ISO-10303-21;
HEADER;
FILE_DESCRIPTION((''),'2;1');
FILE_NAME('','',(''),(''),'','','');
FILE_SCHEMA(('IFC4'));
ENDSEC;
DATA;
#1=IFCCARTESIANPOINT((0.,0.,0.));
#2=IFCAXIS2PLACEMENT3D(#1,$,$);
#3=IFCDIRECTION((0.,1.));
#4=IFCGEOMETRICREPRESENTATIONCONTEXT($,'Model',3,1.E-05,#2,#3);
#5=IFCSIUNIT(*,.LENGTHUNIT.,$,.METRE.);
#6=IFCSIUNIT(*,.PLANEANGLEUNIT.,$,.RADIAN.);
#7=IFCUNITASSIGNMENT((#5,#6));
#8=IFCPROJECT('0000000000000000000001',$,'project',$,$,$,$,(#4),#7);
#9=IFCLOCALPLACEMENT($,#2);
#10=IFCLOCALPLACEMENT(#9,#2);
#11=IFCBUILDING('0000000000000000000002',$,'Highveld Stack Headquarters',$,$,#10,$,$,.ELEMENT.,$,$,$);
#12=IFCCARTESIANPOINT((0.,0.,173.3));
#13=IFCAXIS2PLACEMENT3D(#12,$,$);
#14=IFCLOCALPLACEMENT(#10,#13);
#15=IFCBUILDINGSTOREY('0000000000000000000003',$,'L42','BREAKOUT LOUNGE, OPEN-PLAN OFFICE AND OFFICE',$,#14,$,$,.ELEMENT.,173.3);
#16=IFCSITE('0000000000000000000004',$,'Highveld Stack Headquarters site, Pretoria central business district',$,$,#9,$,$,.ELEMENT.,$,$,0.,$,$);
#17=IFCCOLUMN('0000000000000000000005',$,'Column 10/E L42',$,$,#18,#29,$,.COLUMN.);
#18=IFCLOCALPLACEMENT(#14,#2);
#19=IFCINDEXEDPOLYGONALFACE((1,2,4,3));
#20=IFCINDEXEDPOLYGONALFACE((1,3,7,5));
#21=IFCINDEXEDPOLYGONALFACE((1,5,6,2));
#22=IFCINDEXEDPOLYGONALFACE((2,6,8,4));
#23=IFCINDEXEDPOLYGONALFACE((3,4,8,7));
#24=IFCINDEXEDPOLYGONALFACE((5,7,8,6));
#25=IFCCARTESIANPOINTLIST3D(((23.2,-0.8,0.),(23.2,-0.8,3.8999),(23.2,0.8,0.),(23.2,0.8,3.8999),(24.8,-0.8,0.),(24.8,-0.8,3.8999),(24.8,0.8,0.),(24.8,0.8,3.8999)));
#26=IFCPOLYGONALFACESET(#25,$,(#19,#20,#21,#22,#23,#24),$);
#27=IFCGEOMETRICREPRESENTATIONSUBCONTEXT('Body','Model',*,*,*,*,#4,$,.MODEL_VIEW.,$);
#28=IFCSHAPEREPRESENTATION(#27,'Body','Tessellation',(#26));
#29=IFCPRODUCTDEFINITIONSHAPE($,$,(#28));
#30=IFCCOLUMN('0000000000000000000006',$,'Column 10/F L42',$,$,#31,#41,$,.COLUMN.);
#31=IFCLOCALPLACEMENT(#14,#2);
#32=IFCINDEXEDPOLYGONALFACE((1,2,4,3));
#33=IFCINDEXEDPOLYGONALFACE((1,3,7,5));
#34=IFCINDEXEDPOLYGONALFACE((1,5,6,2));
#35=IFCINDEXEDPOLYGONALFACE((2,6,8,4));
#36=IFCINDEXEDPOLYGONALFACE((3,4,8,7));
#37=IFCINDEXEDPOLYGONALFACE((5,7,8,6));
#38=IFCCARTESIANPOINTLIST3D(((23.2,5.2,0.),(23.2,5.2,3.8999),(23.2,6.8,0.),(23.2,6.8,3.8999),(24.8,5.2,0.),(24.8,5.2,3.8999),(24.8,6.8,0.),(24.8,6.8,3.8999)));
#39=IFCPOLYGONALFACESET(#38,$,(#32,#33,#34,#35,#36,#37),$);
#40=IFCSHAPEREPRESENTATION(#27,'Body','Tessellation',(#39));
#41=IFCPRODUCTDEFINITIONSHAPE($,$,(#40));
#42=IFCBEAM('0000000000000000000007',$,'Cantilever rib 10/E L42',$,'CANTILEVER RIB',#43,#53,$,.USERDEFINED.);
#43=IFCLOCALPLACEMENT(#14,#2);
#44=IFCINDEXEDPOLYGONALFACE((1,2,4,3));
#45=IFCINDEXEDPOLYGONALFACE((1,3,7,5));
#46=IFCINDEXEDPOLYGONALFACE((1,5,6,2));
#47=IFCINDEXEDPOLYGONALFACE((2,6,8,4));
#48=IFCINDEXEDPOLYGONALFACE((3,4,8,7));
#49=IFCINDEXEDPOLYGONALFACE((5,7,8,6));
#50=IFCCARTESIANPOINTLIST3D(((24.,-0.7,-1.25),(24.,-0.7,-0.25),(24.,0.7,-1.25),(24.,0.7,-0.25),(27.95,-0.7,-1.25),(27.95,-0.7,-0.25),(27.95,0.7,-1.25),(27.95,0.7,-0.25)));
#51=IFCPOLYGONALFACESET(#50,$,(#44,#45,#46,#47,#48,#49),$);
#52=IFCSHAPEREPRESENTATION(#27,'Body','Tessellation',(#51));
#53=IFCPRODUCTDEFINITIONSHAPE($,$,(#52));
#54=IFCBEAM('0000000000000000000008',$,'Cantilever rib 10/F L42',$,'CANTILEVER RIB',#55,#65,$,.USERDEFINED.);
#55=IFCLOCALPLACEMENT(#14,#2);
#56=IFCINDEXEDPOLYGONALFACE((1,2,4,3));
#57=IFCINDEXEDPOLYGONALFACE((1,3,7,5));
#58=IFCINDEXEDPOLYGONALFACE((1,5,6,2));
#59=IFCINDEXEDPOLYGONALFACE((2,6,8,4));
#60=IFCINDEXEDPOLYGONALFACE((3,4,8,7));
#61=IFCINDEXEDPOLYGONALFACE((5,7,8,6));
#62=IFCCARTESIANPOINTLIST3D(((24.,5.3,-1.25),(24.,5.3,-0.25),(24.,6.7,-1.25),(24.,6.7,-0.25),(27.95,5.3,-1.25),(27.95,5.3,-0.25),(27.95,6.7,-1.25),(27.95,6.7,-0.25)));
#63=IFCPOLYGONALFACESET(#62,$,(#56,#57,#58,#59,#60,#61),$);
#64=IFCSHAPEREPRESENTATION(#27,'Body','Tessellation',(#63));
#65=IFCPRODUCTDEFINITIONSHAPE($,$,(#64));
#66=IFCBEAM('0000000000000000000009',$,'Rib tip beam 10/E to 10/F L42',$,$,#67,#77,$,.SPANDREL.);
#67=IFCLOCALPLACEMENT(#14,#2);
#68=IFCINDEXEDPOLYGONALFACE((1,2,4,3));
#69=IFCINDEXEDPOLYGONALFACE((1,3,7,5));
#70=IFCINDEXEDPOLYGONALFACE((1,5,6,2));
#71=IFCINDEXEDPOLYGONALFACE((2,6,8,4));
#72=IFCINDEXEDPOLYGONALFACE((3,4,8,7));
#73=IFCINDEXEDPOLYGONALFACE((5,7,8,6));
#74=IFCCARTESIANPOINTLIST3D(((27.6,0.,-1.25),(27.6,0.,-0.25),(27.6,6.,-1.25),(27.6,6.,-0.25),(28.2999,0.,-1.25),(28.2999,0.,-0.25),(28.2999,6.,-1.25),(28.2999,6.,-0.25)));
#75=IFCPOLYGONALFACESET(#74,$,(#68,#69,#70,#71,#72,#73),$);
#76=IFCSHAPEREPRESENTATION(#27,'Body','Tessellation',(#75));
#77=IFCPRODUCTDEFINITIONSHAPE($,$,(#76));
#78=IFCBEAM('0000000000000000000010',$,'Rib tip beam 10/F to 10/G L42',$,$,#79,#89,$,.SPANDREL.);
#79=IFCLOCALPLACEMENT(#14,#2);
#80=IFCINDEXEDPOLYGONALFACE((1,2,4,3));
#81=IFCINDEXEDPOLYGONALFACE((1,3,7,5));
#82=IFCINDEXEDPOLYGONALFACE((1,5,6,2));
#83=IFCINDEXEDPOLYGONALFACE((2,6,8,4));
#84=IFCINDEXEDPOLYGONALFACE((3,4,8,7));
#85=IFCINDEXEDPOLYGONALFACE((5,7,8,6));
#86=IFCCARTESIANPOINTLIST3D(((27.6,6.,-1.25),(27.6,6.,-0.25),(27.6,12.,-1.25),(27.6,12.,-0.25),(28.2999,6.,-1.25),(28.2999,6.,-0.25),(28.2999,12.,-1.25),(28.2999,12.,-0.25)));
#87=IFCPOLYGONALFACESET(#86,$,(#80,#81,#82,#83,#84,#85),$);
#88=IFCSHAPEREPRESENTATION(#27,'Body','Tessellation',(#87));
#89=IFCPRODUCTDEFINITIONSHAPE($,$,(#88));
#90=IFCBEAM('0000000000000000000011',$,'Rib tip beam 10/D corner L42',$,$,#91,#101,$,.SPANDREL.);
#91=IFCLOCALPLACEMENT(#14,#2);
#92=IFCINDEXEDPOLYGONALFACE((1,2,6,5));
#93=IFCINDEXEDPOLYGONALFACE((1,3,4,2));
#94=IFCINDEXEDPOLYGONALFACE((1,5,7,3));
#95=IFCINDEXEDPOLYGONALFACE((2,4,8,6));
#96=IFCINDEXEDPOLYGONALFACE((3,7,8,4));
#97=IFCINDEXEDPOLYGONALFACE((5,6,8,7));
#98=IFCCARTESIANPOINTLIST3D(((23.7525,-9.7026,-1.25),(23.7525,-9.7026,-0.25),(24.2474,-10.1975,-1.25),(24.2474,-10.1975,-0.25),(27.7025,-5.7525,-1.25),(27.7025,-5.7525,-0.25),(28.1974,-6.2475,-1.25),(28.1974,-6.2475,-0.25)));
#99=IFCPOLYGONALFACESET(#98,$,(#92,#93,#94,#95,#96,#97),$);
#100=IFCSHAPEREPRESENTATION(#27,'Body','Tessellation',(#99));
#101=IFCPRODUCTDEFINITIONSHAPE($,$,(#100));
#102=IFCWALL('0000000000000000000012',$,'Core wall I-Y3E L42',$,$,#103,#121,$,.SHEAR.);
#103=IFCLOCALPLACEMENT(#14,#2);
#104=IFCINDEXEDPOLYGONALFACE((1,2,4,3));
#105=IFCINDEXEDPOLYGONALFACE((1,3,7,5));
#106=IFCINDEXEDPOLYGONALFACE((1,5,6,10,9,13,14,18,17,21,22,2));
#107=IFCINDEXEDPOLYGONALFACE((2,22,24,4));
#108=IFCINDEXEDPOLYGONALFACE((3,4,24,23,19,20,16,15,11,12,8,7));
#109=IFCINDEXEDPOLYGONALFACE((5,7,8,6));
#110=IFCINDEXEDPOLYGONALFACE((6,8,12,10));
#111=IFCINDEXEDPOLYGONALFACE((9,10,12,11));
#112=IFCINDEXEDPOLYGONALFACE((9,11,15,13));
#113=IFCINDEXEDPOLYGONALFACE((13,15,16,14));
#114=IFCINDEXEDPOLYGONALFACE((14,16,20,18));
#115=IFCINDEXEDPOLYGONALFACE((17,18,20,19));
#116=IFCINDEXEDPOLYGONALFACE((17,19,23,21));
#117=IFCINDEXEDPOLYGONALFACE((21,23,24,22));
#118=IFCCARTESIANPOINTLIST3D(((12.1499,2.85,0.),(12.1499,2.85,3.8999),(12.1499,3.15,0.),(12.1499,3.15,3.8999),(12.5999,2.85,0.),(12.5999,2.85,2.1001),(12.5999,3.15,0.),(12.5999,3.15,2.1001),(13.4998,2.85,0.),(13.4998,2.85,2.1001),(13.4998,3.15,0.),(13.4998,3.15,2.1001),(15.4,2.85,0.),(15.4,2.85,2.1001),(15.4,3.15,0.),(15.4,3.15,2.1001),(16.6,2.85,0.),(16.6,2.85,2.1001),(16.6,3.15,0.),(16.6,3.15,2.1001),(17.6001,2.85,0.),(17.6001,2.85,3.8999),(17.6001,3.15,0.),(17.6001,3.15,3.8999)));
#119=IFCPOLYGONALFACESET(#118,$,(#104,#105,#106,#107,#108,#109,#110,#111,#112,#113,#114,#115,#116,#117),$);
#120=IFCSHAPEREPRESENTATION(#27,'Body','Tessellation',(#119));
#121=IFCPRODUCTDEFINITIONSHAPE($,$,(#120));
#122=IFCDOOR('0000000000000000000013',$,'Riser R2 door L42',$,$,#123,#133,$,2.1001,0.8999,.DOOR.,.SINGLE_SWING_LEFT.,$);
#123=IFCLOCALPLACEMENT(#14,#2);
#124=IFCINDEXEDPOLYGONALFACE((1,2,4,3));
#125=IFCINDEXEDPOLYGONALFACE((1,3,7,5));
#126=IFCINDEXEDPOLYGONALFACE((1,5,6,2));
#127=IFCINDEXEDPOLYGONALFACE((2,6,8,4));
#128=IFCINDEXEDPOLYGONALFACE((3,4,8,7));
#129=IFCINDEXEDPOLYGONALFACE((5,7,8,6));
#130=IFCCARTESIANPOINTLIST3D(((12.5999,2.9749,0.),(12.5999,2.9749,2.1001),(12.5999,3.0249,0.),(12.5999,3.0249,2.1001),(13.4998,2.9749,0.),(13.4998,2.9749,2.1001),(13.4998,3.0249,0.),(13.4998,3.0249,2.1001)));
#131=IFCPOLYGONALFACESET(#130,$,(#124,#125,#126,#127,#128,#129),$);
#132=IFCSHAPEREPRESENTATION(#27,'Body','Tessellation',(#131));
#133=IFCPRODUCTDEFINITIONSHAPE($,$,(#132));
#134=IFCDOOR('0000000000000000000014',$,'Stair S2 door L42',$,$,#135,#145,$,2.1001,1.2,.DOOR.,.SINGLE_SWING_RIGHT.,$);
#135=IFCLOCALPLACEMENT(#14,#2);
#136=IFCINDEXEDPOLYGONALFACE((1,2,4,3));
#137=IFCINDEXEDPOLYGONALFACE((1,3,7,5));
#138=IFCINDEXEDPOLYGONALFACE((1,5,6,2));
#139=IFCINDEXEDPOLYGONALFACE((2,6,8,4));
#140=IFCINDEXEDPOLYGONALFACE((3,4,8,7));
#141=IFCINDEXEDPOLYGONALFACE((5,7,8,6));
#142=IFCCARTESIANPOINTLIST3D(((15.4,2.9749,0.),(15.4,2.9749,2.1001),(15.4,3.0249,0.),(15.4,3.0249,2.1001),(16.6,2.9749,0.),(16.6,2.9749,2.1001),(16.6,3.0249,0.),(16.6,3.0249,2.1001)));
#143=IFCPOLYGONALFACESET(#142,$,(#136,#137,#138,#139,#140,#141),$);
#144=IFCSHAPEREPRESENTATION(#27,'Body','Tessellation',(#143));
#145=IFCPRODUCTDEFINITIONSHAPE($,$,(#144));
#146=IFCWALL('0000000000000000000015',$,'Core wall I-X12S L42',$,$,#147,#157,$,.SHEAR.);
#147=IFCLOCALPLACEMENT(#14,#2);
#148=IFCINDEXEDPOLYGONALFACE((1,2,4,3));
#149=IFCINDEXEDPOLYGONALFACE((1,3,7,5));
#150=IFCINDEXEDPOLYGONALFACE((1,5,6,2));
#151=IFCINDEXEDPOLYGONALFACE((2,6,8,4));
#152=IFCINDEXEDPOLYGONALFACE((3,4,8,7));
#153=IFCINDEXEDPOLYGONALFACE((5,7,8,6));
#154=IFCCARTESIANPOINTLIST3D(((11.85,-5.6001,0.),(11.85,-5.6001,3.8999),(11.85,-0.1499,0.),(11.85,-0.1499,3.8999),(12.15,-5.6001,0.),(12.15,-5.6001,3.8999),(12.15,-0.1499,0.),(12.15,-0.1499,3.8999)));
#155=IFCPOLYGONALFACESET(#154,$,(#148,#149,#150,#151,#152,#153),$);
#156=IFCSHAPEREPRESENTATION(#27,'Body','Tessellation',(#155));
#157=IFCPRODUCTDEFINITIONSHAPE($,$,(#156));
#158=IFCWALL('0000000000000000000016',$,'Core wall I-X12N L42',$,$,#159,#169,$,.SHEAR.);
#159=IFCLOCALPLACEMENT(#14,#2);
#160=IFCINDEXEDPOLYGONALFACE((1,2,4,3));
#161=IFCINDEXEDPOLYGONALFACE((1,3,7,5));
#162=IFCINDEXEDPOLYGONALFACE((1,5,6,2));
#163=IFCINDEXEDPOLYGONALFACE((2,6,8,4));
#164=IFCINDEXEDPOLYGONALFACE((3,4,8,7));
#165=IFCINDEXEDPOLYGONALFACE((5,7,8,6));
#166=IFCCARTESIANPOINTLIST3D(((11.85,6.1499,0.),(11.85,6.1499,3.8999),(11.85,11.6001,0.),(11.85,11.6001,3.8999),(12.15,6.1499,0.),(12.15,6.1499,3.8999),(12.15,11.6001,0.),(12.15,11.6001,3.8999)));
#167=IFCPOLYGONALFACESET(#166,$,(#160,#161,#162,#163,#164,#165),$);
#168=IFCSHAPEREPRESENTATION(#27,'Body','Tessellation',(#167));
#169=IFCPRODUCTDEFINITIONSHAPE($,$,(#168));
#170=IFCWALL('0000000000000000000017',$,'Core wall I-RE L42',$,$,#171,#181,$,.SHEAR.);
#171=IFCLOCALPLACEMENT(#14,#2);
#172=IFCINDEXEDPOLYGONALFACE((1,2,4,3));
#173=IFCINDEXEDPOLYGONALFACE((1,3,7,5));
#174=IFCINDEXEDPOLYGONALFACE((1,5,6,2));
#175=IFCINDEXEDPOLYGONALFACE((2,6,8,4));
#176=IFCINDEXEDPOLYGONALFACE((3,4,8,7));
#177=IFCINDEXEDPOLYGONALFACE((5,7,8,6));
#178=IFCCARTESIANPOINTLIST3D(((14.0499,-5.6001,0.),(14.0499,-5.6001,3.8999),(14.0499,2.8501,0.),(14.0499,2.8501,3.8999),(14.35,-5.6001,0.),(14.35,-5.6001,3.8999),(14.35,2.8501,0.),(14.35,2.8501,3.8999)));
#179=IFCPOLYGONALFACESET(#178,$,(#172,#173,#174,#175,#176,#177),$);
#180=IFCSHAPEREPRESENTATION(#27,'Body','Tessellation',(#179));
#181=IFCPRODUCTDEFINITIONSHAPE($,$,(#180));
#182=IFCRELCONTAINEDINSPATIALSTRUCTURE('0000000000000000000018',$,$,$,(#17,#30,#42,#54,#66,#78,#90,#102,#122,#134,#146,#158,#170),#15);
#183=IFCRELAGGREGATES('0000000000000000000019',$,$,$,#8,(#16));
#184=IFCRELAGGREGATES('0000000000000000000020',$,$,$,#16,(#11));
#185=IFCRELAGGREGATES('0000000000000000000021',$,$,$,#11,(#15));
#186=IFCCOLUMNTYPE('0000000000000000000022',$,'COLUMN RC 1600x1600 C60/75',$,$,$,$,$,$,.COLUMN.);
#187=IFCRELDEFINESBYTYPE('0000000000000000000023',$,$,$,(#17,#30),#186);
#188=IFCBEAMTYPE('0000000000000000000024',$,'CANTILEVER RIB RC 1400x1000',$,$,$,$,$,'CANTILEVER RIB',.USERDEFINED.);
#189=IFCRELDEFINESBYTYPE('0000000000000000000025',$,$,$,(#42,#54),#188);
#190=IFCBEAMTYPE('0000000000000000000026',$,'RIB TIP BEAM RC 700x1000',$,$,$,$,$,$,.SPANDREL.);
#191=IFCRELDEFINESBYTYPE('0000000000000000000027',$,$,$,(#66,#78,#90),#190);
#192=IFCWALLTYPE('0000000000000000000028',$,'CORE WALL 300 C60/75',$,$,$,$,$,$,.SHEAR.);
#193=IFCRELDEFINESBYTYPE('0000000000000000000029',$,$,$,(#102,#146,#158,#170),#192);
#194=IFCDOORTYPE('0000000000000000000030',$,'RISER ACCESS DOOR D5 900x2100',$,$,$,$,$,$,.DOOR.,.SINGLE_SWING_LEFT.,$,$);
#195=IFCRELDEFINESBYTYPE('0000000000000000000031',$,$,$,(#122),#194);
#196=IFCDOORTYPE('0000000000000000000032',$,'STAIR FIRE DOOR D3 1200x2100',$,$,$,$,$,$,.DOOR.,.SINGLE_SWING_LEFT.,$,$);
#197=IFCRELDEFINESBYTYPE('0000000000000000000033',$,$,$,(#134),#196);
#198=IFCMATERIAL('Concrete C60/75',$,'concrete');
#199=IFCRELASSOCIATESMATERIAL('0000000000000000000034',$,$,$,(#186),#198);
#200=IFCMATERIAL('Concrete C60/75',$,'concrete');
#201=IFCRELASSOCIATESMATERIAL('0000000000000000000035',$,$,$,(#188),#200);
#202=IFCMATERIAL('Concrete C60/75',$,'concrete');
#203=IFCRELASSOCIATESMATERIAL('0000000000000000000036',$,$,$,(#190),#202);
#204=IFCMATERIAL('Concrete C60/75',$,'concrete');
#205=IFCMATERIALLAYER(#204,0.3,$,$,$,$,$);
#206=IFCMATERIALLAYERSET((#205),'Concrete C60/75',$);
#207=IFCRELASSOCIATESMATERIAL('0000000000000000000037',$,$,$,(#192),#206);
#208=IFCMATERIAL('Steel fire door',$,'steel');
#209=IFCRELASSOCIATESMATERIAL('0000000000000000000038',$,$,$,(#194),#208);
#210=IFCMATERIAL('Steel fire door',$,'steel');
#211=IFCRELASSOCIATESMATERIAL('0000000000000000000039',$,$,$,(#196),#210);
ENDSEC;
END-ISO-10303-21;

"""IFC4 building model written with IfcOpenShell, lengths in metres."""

from ifc_helpers import new_model, si_unit, direction, frame, frame_2d, origin, origin_2d, place, context, subcontext, project, spatial, rectangle, extrude, material, layer, layer_set, material_profile, profile_set, type_object, element, fill, save


model = new_model("IFC4")

# Units and contexts
model_context = context("Model", 3, precision=1e-05, world=origin(), true_north=direction((0.0, 1.0)))
body_context = subcontext(model_context, "Body", "Model", "MODEL_VIEW")
ifc_project = project(units=[si_unit("LENGTHUNIT", "METRE"), si_unit("PLANEANGLEUNIT", "RADIAN")], contexts=[model_context])

# Site, building, storey
site_placement = place(None, origin())
site = spatial("IfcSite", under=ifc_project, at=site_placement, Name="Highveld Stack Headquarters site, Pretoria central business district", CompositionType="ELEMENT", RefElevation=0.0)
building_placement = place(site_placement, origin())
building = spatial("IfcBuilding", under=site, at=building_placement, Name="Highveld Stack Headquarters", CompositionType="ELEMENT")
storey_placement = place(building_placement, frame((0.0, 0.0, 173.3)))
storey = spatial("IfcBuildingStorey", under=building, at=storey_placement, Name="L42", Description="BREAKOUT LOUNGE, OPEN-PLAN OFFICE AND OFFICE", CompositionType="ELEMENT", Elevation=173.3)

# Columns
ifc_material_1 = material(Name="Concrete C60/75", Category="concrete")
ifc_material_profile_1 = material_profile(ifc_material_1, rectangle(XDim=1.6001, YDim=1.6001, at=origin_2d()), Name="RC 1600x1600")
ifc_profile_set_1 = profile_set([ifc_material_profile_1], Name="Concrete C60/75")
column_type = type_object("IfcColumnType", Name="COLUMN RC 1600x1600 C60/75", PredefinedType="COLUMN", material=ifc_profile_set_1)
for number, where, z_axis, x_axis, name in (
    (1, (24.0, 0.0, 0.0), (0.0, 0.0, 1.0), (1.0, 0.0, 0.0), "Column 10/E L42"),
    (2, (24.0, 6.0, 0.0), (0.0, 0.0, 1.0), (1.0, 0.0, 0.0), "Column 10/F L42"),
):
    element("IfcColumn", number, at=place(storey_placement, frame(where, z_axis=z_axis, x_axis=x_axis)), inside=storey, type_object=column_type, Name=name, PredefinedType="COLUMN", context=body_context, shape_type="SweptSolid", body=[
        extrude(rectangle(XDim=1.6001, YDim=1.6001, at=origin_2d()), origin(), (0.0, 0.0, 1.0), 3.8999),
    ])

# Beams
ifc_material_2 = material(Name="Concrete C60/75", Category="concrete")
ifc_material_profile_2 = material_profile(ifc_material_2, rectangle(XDim=1.3999, YDim=1.0, at=origin_2d()), Name="RC 1400x1000")
ifc_profile_set_2 = profile_set([ifc_material_profile_2], Name="Concrete C60/75")
beam_type_1 = type_object("IfcBeamType", Name="CANTILEVER RIB RC 1400x1000", ElementType="CANTILEVER RIB", PredefinedType="USERDEFINED", material=ifc_profile_set_2)
for number, where, z_axis, x_axis, name in (
    (3, (24.0, 0.0, -0.75), (1.0, 0.0, 0.0), (0.0, 1.0, 0.0), "Cantilever rib 10/E L42"),
    (4, (24.0, 6.0, -0.75), (1.0, 0.0, 0.0), (0.0, 1.0, 0.0), "Cantilever rib 10/F L42"),
):
    element("IfcBeam", number, at=place(storey_placement, frame(where, z_axis=z_axis, x_axis=x_axis)), inside=storey, type_object=beam_type_1, Name=name, ObjectType="CANTILEVER RIB", PredefinedType="USERDEFINED", context=body_context, shape_type="SweptSolid", body=[
        extrude(rectangle(XDim=1.3999, YDim=1.0, at=origin_2d()), origin(), (0.0, 0.0, 1.0), 3.95),
    ])
ifc_material_3 = material(Name="Concrete C60/75", Category="concrete")
ifc_material_profile_3 = material_profile(ifc_material_3, rectangle(XDim=0.7, YDim=1.0, at=origin_2d()), Name="RC 700x1000")
ifc_profile_set_3 = profile_set([ifc_material_profile_3], Name="Concrete C60/75")
beam_type_2 = type_object("IfcBeamType", Name="RIB TIP BEAM RC 700x1000", PredefinedType="SPANDREL", material=ifc_profile_set_3)
for number, where, z_axis, x_axis, name in (
    (5, (27.95, 0.0, -0.75), (0.0, 1.0, 0.0), (-1.0, 0.0, 0.0), "Rib tip beam 10/E to 10/F L42"),
    (6, (27.95, 6.0, -0.75), (0.0, 1.0, 0.0), (-1.0, 0.0, 0.0), "Rib tip beam 10/F to 10/G L42"),
):
    element("IfcBeam", number, at=place(storey_placement, frame(where, z_axis=z_axis, x_axis=x_axis)), inside=storey, type_object=beam_type_2, Name=name, PredefinedType="SPANDREL", context=body_context, shape_type="SweptSolid", body=[
        extrude(rectangle(XDim=0.7, YDim=1.0, at=origin_2d()), origin(), (0.0, 0.0, 1.0), 6.0),
    ])
beam_placement = place(storey_placement, frame((27.95, -6.0, -0.75), z_axis=(-0.707107, -0.707107, 0.0), x_axis=(0.707107, -0.707107, 0.0)))
element("IfcBeam", 7, at=beam_placement, inside=storey, type_object=beam_type_2, Name="Rib tip beam 10/D corner L42", PredefinedType="SPANDREL", context=body_context, shape_type="SweptSolid", body=[
    extrude(rectangle(XDim=0.7, YDim=1.0, at=origin_2d()), origin(), (0.0, 0.0, 1.0), 5.5862),
])

# Wall, openings, doors
ifc_material_4 = material(Name="Concrete C60/75", Category="concrete")
ifc_layer_1 = layer(ifc_material_4, 0.3)
ifc_layer_set_1 = layer_set([ifc_layer_1], Name="Concrete C60/75")
wall_type_1 = type_object("IfcWallType", Name="CORE WALL 300 C60/75", PredefinedType="SHEAR", material=ifc_layer_set_1)
wall_1_placement = place(storey_placement, frame((12.1499, 3.0, 0.0), z_axis=(0.0, 0.0, 1.0), x_axis=(1.0, 0.0, 0.0)))
wall_1 = element("IfcWall", 8, at=wall_1_placement, inside=storey, type_object=wall_type_1, Name="Core wall I-Y3E L42", PredefinedType="SHEAR", context=body_context, shape_type="SweptSolid", body=[
    extrude(rectangle(XDim=5.4502, YDim=0.3, at=frame_2d((2.7251, 0.0))), origin(), (0.0, 0.0, 1.0), 3.8999),
])
opening_1_placement = place(wall_1_placement, frame((3.25, 0.0, 0.0)))
opening_1 = element("IfcOpeningElement", 9, at=opening_1_placement, cuts=wall_1, PredefinedType="OPENING", context=body_context, shape_type="SweptSolid", body=[
    extrude(rectangle(XDim=1.2, YDim=2.1001, at=frame_2d((0.6001, 1.05))), frame((0.0, 0.1599, 0.0), z_axis=(0.0, -1.0, 0.0), x_axis=(1.0, 0.0, 0.0)), (0.0, 0.0, 1.0), 0.3201),
])
opening_2_placement = place(wall_1_placement, frame((0.45, 0.0, 0.0)))
opening_2 = element("IfcOpeningElement", 10, at=opening_2_placement, cuts=wall_1, PredefinedType="OPENING", context=body_context, shape_type="SweptSolid", body=[
    extrude(rectangle(XDim=0.8999, YDim=2.1001, at=frame_2d((0.45, 1.05))), frame((0.0, 0.1599, 0.0), z_axis=(0.0, -1.0, 0.0), x_axis=(1.0, 0.0, 0.0)), (0.0, 0.0, 1.0), 0.3201),
])
ifc_material_5 = material(Name="Steel fire door", Category="steel")
door_type_1 = type_object("IfcDoorType", Name="RISER ACCESS DOOR D5 900x2100", OperationType="SINGLE_SWING_LEFT", PredefinedType="DOOR", material=ifc_material_5)
door_1_placement = place(opening_2_placement, origin())
door_1 = element("IfcDoor", 11, at=door_1_placement, inside=storey, type_object=door_type_1, Name="Riser R2 door L42", OperationType="SINGLE_SWING_LEFT", OverallHeight=2.1001, OverallWidth=0.8999, PredefinedType="DOOR", context=body_context, shape_type="SweptSolid", body=[
    extrude(rectangle(XDim=0.8999, YDim=2.1001, at=frame_2d((0.45, 1.05))), frame((0.0, 0.0249, 0.0), z_axis=(0.0, -1.0, 0.0), x_axis=(1.0, 0.0, 0.0)), (0.0, 0.0, 1.0), 0.05),
])
fill(opening_2, door_1)
ifc_material_6 = material(Name="Steel fire door", Category="steel")
door_type_2 = type_object("IfcDoorType", Name="STAIR FIRE DOOR D3 1200x2100", OperationType="SINGLE_SWING_LEFT", PredefinedType="DOOR", material=ifc_material_6)
door_2_placement = place(opening_1_placement, origin())
door_2 = element("IfcDoor", 12, at=door_2_placement, inside=storey, type_object=door_type_2, Name="Stair S2 door L42", OperationType="SINGLE_SWING_RIGHT", OverallHeight=2.1001, OverallWidth=1.2, PredefinedType="DOOR", context=body_context, shape_type="SweptSolid", body=[
    extrude(rectangle(XDim=1.2, YDim=2.1001, at=frame_2d((0.6001, 1.05))), frame((0.0, 0.0249, 0.0), z_axis=(0.0, -1.0, 0.0), x_axis=(1.0, 0.0, 0.0)), (0.0, 0.0, 1.0), 0.05),
])
fill(opening_1, door_2)

# Walls
for number, where, z_axis, x_axis, name in (
    (13, (12.0, -5.6001, 0.0), (0.0, 0.0, 1.0), (0.0, 1.0, 0.0), "Core wall I-X12S L42"),
    (14, (12.0, 6.1499, 0.0), (0.0, 0.0, 1.0), (0.0, 1.0, 0.0), "Core wall I-X12N L42"),
):
    element("IfcWall", number, at=place(storey_placement, frame(where, z_axis=z_axis, x_axis=x_axis)), inside=storey, type_object=wall_type_1, Name=name, PredefinedType="SHEAR", context=body_context, shape_type="SweptSolid", body=[
        extrude(rectangle(XDim=5.4502, YDim=0.3, at=frame_2d((2.7251, 0.0))), origin(), (0.0, 0.0, 1.0), 3.8999),
    ])
wall_2_placement = place(storey_placement, frame((14.2, -5.6001, 0.0), z_axis=(0.0, 0.0, 1.0), x_axis=(0.0, 1.0, 0.0)))
element("IfcWall", 15, at=wall_2_placement, inside=storey, type_object=wall_type_1, Name="Core wall I-RE L42", PredefinedType="SHEAR", context=body_context, shape_type="SweptSolid", body=[
    extrude(rectangle(XDim=8.4502, YDim=0.3, at=frame_2d((4.2251, 0.0))), origin(), (0.0, 0.0, 1.0), 3.8999),
])

save(model, "model.ifc")
